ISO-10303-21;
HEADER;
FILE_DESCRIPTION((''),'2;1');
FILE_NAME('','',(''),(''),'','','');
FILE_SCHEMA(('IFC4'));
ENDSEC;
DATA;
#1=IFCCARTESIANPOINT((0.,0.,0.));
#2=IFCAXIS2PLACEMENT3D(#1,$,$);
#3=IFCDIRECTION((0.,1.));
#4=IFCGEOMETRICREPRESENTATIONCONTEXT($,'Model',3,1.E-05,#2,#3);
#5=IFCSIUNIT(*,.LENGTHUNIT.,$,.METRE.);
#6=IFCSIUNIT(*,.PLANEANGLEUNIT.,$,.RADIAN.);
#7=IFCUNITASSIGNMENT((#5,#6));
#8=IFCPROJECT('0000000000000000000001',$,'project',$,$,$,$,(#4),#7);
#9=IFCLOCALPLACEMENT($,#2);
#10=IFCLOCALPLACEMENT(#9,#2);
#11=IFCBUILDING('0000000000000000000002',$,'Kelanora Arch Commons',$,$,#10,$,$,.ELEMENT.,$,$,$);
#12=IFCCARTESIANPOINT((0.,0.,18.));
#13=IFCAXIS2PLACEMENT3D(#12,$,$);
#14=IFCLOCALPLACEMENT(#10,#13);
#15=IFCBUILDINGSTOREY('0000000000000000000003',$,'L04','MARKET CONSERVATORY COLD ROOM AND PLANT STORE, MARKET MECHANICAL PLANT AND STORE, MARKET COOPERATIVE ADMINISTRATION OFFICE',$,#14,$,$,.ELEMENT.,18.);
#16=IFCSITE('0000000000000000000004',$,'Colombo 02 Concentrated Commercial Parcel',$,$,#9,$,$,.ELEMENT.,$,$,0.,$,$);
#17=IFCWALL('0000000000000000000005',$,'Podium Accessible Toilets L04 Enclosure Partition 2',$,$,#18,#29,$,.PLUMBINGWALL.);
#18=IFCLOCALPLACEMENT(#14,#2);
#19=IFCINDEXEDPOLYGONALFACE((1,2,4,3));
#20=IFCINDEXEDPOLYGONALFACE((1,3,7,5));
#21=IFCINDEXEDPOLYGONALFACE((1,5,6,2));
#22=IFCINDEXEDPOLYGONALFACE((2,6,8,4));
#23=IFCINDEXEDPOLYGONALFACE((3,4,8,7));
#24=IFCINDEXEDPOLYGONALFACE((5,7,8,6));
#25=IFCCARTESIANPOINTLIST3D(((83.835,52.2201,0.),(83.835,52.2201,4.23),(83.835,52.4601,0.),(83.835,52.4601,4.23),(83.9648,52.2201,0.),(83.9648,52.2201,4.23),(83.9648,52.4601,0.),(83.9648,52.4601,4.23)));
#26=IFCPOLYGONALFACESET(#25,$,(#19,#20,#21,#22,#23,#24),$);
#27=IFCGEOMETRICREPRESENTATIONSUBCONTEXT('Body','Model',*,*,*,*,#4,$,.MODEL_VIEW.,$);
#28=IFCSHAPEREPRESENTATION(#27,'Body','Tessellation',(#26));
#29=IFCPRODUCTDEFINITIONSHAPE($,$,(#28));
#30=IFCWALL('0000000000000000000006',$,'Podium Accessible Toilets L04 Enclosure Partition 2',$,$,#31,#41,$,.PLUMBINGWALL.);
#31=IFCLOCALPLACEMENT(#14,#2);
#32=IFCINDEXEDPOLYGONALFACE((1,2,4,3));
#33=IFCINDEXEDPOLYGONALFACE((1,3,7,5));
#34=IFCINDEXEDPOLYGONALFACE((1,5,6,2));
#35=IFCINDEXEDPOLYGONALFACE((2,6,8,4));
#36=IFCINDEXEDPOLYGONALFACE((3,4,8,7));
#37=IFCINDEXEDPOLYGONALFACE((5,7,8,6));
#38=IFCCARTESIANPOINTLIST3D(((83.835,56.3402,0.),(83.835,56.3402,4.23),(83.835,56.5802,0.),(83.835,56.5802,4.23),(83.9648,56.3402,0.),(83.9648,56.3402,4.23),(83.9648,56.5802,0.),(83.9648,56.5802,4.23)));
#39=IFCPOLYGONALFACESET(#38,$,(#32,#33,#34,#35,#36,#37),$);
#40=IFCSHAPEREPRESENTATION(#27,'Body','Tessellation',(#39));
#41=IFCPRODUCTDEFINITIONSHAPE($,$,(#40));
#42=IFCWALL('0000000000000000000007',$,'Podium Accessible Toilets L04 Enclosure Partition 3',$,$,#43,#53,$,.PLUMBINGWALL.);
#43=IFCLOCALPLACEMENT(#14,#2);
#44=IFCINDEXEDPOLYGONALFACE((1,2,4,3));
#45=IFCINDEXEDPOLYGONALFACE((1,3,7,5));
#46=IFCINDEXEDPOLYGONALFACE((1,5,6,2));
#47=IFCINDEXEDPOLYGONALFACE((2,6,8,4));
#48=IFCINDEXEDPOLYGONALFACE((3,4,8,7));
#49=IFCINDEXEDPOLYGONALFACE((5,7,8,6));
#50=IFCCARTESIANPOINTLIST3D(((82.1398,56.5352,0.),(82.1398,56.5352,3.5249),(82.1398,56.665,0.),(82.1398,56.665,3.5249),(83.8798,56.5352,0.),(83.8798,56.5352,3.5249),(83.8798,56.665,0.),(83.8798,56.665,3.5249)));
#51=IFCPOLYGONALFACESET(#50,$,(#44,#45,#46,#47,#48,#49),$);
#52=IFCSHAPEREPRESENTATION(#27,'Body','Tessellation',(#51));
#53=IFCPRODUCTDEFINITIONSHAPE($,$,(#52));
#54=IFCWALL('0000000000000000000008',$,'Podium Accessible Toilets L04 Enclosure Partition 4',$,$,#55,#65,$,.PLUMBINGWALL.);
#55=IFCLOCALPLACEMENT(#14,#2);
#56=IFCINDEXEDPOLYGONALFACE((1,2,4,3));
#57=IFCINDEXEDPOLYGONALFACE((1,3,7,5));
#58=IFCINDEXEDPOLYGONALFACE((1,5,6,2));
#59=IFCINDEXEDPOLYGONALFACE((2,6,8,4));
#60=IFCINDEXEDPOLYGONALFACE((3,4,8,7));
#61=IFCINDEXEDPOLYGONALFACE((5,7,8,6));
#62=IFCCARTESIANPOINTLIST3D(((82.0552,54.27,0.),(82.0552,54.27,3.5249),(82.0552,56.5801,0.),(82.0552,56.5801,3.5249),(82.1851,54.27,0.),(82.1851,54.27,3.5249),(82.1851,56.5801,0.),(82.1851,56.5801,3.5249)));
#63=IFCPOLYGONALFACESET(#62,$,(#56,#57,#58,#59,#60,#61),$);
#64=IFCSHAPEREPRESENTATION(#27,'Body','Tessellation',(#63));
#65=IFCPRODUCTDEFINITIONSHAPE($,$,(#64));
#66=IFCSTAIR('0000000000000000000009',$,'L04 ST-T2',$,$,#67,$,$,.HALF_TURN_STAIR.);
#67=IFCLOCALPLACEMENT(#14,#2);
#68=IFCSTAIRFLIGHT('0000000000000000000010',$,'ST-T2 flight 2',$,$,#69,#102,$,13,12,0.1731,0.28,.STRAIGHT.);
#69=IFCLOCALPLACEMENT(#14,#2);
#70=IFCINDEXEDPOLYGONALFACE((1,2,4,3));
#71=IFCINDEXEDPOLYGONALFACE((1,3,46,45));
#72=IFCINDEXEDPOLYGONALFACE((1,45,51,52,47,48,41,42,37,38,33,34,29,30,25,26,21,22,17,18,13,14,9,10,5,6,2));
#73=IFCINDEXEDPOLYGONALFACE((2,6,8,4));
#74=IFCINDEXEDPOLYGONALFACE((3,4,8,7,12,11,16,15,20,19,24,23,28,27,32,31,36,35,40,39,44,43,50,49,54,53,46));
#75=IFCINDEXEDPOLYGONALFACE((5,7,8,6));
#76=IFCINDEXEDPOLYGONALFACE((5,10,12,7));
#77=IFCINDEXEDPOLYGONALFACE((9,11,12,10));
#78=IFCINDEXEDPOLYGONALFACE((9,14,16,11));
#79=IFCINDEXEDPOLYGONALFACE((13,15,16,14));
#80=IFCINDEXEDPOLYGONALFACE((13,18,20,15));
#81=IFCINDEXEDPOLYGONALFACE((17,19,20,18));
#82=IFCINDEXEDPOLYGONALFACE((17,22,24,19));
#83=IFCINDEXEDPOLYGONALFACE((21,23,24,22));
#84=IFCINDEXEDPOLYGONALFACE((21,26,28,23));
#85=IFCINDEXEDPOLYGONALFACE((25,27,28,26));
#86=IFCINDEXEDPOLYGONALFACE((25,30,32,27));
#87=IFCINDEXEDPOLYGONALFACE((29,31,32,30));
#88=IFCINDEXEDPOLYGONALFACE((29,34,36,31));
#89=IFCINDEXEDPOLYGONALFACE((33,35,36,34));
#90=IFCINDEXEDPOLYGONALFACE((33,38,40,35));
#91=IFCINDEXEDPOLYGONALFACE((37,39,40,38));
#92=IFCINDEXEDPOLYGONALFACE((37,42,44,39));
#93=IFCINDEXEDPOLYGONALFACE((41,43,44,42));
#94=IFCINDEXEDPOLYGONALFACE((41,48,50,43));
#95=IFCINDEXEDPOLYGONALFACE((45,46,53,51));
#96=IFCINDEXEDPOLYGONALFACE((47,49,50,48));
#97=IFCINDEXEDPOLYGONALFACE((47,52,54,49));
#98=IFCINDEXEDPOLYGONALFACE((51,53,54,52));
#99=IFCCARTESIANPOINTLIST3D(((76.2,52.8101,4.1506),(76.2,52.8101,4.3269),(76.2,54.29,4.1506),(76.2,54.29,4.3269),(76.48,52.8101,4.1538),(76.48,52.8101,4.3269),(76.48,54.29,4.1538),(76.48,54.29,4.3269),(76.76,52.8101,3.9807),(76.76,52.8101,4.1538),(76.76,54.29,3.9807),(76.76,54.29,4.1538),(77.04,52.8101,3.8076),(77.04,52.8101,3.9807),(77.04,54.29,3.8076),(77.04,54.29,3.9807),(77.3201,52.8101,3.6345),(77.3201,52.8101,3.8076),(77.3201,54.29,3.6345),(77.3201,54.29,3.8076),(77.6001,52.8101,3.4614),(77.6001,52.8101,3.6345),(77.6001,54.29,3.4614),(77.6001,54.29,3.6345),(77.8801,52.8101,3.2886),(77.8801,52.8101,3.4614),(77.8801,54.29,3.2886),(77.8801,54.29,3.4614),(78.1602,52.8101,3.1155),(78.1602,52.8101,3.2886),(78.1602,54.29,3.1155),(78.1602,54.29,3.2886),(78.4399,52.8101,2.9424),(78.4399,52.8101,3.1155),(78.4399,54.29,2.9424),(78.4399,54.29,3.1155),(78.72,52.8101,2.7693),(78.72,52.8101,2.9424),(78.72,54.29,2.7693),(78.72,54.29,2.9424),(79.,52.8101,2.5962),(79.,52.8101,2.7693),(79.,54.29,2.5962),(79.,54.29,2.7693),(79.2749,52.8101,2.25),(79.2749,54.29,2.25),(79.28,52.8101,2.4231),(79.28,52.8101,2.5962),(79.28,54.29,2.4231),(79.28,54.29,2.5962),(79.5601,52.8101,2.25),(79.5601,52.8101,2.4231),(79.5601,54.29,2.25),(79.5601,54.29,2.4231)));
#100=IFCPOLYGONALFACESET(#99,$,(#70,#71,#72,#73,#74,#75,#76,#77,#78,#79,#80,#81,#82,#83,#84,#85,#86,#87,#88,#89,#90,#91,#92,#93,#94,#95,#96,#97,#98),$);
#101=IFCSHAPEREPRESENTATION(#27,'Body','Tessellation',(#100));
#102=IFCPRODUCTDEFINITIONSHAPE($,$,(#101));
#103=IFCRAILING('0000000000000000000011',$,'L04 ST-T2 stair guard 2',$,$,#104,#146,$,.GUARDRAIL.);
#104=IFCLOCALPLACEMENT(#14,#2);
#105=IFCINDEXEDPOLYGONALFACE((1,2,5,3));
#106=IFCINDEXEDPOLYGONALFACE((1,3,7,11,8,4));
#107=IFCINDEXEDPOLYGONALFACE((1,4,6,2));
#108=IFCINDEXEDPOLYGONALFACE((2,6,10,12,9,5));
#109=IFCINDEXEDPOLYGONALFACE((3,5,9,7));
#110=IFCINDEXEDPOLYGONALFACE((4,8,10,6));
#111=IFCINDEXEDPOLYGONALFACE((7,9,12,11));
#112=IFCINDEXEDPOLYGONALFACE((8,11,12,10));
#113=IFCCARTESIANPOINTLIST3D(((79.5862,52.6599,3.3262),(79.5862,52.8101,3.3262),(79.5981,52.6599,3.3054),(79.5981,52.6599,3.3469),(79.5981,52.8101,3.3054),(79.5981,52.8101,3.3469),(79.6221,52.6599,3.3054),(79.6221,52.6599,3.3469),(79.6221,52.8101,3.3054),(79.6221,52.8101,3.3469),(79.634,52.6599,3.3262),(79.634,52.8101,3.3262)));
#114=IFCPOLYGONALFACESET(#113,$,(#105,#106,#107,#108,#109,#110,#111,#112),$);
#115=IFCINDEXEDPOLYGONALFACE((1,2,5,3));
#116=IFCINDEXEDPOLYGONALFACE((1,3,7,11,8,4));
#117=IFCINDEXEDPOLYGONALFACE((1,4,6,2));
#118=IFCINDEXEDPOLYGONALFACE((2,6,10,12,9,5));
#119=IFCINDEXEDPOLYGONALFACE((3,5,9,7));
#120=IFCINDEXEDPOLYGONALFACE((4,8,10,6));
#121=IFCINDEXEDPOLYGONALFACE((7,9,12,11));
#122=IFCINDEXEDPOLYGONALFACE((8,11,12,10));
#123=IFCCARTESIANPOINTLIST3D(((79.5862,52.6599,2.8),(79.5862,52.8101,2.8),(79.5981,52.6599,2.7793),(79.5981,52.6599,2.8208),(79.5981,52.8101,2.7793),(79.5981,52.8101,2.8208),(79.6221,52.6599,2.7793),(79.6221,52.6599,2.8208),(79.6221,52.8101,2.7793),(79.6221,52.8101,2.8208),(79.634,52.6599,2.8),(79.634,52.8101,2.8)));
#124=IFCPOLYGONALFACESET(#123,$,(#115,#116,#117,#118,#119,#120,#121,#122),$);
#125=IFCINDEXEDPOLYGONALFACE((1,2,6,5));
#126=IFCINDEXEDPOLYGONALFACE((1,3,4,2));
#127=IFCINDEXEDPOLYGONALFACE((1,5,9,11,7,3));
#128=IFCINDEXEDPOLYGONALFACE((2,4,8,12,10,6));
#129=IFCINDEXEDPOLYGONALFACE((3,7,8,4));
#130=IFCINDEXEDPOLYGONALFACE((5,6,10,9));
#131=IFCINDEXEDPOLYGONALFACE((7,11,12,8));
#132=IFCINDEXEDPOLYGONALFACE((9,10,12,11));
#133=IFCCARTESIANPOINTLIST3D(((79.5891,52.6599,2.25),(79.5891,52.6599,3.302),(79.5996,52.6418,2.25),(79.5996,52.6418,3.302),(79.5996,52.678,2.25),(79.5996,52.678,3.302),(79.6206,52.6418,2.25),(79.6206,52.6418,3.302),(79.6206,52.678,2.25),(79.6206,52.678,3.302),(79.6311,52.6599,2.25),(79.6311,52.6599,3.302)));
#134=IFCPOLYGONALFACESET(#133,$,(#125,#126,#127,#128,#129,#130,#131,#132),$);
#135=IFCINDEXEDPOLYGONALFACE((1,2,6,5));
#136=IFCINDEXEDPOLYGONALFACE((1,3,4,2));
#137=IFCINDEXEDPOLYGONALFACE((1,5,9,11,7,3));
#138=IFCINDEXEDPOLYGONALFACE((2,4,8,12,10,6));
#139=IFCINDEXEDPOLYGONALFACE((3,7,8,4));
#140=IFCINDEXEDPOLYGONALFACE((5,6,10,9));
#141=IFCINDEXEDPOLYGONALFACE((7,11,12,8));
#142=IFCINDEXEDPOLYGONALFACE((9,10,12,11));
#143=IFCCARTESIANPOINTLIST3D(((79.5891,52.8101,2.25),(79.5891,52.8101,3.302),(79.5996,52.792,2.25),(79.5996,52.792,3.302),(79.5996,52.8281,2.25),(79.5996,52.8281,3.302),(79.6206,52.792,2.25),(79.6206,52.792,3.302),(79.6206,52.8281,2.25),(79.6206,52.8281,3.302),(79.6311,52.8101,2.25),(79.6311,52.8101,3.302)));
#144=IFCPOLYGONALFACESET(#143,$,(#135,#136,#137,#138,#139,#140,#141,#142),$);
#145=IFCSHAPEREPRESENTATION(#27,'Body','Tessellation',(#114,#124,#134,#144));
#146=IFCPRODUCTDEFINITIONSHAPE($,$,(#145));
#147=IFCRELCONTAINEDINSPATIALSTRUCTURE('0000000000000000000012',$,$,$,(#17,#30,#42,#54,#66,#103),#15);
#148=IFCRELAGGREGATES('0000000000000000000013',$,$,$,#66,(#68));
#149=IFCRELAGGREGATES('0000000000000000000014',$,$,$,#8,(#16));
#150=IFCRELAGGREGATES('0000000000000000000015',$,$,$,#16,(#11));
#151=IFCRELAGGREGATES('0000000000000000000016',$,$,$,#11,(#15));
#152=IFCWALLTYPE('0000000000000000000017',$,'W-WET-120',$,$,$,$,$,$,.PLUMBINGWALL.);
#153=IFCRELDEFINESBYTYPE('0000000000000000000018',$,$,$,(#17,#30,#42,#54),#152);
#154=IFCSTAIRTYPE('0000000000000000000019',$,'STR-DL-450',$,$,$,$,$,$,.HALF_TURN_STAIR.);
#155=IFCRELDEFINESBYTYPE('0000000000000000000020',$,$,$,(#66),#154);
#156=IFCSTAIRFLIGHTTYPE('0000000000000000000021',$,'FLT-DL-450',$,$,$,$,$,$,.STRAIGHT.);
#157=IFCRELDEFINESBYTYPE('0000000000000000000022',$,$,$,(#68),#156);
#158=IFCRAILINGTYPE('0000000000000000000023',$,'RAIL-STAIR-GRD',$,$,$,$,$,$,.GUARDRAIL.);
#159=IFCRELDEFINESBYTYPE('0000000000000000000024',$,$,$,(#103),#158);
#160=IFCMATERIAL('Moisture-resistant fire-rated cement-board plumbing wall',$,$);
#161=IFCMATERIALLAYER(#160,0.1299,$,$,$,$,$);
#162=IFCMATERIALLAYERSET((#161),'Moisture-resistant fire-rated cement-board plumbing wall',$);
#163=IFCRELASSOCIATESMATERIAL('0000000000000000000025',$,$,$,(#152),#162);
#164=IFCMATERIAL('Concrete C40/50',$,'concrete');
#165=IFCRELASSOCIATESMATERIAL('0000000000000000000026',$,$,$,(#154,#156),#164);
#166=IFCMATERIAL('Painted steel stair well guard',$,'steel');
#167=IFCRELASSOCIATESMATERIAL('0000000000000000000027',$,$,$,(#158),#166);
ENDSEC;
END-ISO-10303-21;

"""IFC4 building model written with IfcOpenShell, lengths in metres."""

from ifc_helpers import new_model, si_unit, direction, frame, frame_2d, origin, place, context, subcontext, project, spatial, polyline, rectangle, outline, extrude, material, layer, layer_set, type_object, element, aggregate, save


model = new_model("IFC4")

# Units and contexts
model_context = context("Model", 3, precision=1e-05, world=origin(), true_north=direction((0.0, 1.0)))
body_context = subcontext(model_context, "Body", "Model", "MODEL_VIEW")
ifc_project = project(units=[si_unit("LENGTHUNIT", "METRE"), si_unit("PLANEANGLEUNIT", "RADIAN")], contexts=[model_context])

# Site, building, storey
site_placement = place(None, origin())
site = spatial("IfcSite", under=ifc_project, at=site_placement, Name="Colombo 02 Concentrated Commercial Parcel", CompositionType="ELEMENT", RefElevation=0.0)
building_placement = place(site_placement, origin())
building = spatial("IfcBuilding", under=site, at=building_placement, Name="Kelanora Arch Commons", CompositionType="ELEMENT")
storey_placement = place(building_placement, frame((0.0, 0.0, 18.0)))
storey = spatial("IfcBuildingStorey", under=building, at=storey_placement, Name="L04", Description="MARKET CONSERVATORY COLD ROOM AND PLANT STORE, MARKET MECHANICAL PLANT AND STORE, MARKET COOPERATIVE ADMINISTRATION OFFICE", CompositionType="ELEMENT", Elevation=18.0)

# Shared definitions
ifc_material_1 = material(Name="Concrete C40/50", Category="concrete")

# Shared definitions
ifc_material_2 = material(Name="Moisture-resistant fire-rated cement-board plumbing wall")
ifc_layer_1 = layer(ifc_material_2, 0.1299)
ifc_layer_set_1 = layer_set([ifc_layer_1], Name="Moisture-resistant fire-rated cement-board plumbing wall")
wall_type_1 = type_object("IfcWallType", Name="W-WET-120", PredefinedType="PLUMBINGWALL", material=ifc_layer_set_1)

# Walls
for number, where, z_axis, x_axis, name in (
    (1, (83.8999, 52.22, 0.0), (0.0, 0.0, 1.0), (0.0, 1.0, 0.0), "Podium Accessible Toilets L04 Enclosure Partition 2"),
    (2, (83.8999, 56.3401, 0.0), (0.0, 0.0, 1.0), (0.0, 1.0, 0.0), "Podium Accessible Toilets L04 Enclosure Partition 2"),
):
    element("IfcWall", number, at=place(storey_placement, frame(where, z_axis=z_axis, x_axis=x_axis)), inside=storey, type_object=wall_type_1, Name=name, PredefinedType="PLUMBINGWALL", context=body_context, shape_type="SweptSolid", body=[
        extrude(rectangle(XDim=0.24, YDim=0.1299, at=frame_2d((0.1201, 0.0))), origin(), (0.0, 0.0, 1.0), 4.23),
    ])
wall_1_placement = place(storey_placement, frame((83.8799, 56.6001, 0.0), z_axis=(0.0, 0.0, 1.0), x_axis=(-1.0, 0.0, 0.0)))
element("IfcWall", 3, at=wall_1_placement, inside=storey, type_object=wall_type_1, Name="Podium Accessible Toilets L04 Enclosure Partition 3", PredefinedType="PLUMBINGWALL", context=body_context, shape_type="SweptSolid", body=[
    extrude(rectangle(XDim=1.74, YDim=0.1299, at=frame_2d((0.8701, 0.0))), origin(), (0.0, 0.0, 1.0), 3.5249),
])
wall_2_placement = place(storey_placement, frame((82.1201, 56.5801, 0.0), z_axis=(0.0, 0.0, 1.0), x_axis=(0.0, -1.0, 0.0)))
element("IfcWall", 4, at=wall_2_placement, inside=storey, type_object=wall_type_1, Name="Podium Accessible Toilets L04 Enclosure Partition 4", PredefinedType="PLUMBINGWALL", context=body_context, shape_type="SweptSolid", body=[
    extrude(rectangle(XDim=2.3101, YDim=0.1299, at=frame_2d((1.155, 0.0))), origin(), (0.0, 0.0, 1.0), 3.5249),
])

# Stair, stair flight
stair_type = type_object("IfcStairType", Name="STR-DL-450", PredefinedType="HALF_TURN_STAIR", material=ifc_material_1)
stair_placement = place(storey_placement, origin())
stair = element("IfcStair", 5, at=stair_placement, inside=storey, type_object=stair_type, Name="L04 ST-T2", PredefinedType="HALF_TURN_STAIR")
stair_flight_type = type_object("IfcStairFlightType", Name="FLT-DL-450", PredefinedType="STRAIGHT", material=ifc_material_1)
stair_flight_placement = place(storey_placement, frame((79.5601, 53.55, 2.25), z_axis=(0.0, 0.0, 1.0), x_axis=(-1.0, 0.0, 0.0)))
stair_flight = element("IfcStairFlight", 6, at=stair_flight_placement, type_object=stair_flight_type, Name="ST-T2 flight 2", NumberOfRisers=13, NumberOfTreads=12, PredefinedType="STRAIGHT", RiserHeight=0.1731, TreadLength=0.28, context=body_context, shape_type="SweptSolid", body=[
    extrude(outline(polyline([(0.0, 0.0), (0.0, 0.1731), (0.28, 0.1731), (0.28, 0.3462), (0.5601, 0.3462), (0.5601, 0.5193), (0.8401, 0.5193), (0.8401, 0.6924), (1.1201, 0.6924), (1.1201, 0.8655), (1.3999, 0.8655), (1.3999, 1.0386), (1.6799, 1.0386), (1.6799, 1.2114), (1.96, 1.2114), (1.96, 1.3845), (2.24, 1.3845), (2.24, 1.5576), (2.52, 1.5576), (2.52, 1.7307), (2.8, 1.7307), (2.8, 1.9038), (3.0801, 1.9038), (3.0801, 2.0769), (3.3601, 2.0769), (3.3601, 2.25), (3.3601, 1.9006), (0.2852, 0.0), (0.0, 0.0)])), frame((0.0, 0.74, 0.0), z_axis=(0.0, -1.0, 0.0), x_axis=(1.0, 0.0, 0.0)), (0.0, 0.0, 1.0), 1.48),
])
aggregate(stair, [stair_flight])

# Railing
ifc_material_3 = material(Name="Painted steel stair well guard", Category="steel")
railing_type_1 = type_object("IfcRailingType", Name="RAIL-STAIR-GRD", PredefinedType="GUARDRAIL", material=ifc_material_3)
railing_1_placement = place(storey_placement, frame((79.6101, 52.6599, 2.25)))
element("IfcRailing", 7, at=railing_1_placement, inside=storey, type_object=railing_type_1, Name="L04 ST-T2 stair guard 2", PredefinedType="GUARDRAIL", context=body_context, shape_type="SweptSolid", body=[
    extrude(outline(polyline([(0.0239, 0.0), (0.012, 0.0208), (-0.012, 0.0208), (-0.0239, 0.0), (-0.012, -0.0208), (0.012, -0.0208), (0.0239, 0.0)])), frame((0.0, 0.0, 1.0762), z_axis=(0.0, 1.0, 0.0), x_axis=(-1.0, 0.0, 0.0)), (0.0, 0.0, 1.0), 0.1501),
    extrude(outline(polyline([(0.0239, 0.0), (0.012, 0.0208), (-0.012, 0.0208), (-0.0239, 0.0), (-0.012, -0.0208), (0.012, -0.0208), (0.0239, 0.0)])), frame((0.0, 0.0, 0.55), z_axis=(0.0, 1.0, 0.0), x_axis=(-1.0, 0.0, 0.0)), (0.0, 0.0, 1.0), 0.1501),
    extrude(outline(polyline([(0.021, 0.0), (0.0105, 0.0181), (-0.0105, 0.0181), (-0.021, 0.0), (-0.0105, -0.0181), (0.0105, -0.0181), (0.021, 0.0)])), origin(), (0.0, 0.0, 1.0), 1.052),
    extrude(outline(polyline([(0.021, 0.0), (0.0105, 0.0181), (-0.0105, 0.0181), (-0.021, 0.0), (-0.0105, -0.0181), (0.0105, -0.0181), (0.021, 0.0)])), frame((0.0, 0.1501, 0.0)), (0.0, 0.0, 1.0), 1.052),
])

save(model, "model.ifc")
